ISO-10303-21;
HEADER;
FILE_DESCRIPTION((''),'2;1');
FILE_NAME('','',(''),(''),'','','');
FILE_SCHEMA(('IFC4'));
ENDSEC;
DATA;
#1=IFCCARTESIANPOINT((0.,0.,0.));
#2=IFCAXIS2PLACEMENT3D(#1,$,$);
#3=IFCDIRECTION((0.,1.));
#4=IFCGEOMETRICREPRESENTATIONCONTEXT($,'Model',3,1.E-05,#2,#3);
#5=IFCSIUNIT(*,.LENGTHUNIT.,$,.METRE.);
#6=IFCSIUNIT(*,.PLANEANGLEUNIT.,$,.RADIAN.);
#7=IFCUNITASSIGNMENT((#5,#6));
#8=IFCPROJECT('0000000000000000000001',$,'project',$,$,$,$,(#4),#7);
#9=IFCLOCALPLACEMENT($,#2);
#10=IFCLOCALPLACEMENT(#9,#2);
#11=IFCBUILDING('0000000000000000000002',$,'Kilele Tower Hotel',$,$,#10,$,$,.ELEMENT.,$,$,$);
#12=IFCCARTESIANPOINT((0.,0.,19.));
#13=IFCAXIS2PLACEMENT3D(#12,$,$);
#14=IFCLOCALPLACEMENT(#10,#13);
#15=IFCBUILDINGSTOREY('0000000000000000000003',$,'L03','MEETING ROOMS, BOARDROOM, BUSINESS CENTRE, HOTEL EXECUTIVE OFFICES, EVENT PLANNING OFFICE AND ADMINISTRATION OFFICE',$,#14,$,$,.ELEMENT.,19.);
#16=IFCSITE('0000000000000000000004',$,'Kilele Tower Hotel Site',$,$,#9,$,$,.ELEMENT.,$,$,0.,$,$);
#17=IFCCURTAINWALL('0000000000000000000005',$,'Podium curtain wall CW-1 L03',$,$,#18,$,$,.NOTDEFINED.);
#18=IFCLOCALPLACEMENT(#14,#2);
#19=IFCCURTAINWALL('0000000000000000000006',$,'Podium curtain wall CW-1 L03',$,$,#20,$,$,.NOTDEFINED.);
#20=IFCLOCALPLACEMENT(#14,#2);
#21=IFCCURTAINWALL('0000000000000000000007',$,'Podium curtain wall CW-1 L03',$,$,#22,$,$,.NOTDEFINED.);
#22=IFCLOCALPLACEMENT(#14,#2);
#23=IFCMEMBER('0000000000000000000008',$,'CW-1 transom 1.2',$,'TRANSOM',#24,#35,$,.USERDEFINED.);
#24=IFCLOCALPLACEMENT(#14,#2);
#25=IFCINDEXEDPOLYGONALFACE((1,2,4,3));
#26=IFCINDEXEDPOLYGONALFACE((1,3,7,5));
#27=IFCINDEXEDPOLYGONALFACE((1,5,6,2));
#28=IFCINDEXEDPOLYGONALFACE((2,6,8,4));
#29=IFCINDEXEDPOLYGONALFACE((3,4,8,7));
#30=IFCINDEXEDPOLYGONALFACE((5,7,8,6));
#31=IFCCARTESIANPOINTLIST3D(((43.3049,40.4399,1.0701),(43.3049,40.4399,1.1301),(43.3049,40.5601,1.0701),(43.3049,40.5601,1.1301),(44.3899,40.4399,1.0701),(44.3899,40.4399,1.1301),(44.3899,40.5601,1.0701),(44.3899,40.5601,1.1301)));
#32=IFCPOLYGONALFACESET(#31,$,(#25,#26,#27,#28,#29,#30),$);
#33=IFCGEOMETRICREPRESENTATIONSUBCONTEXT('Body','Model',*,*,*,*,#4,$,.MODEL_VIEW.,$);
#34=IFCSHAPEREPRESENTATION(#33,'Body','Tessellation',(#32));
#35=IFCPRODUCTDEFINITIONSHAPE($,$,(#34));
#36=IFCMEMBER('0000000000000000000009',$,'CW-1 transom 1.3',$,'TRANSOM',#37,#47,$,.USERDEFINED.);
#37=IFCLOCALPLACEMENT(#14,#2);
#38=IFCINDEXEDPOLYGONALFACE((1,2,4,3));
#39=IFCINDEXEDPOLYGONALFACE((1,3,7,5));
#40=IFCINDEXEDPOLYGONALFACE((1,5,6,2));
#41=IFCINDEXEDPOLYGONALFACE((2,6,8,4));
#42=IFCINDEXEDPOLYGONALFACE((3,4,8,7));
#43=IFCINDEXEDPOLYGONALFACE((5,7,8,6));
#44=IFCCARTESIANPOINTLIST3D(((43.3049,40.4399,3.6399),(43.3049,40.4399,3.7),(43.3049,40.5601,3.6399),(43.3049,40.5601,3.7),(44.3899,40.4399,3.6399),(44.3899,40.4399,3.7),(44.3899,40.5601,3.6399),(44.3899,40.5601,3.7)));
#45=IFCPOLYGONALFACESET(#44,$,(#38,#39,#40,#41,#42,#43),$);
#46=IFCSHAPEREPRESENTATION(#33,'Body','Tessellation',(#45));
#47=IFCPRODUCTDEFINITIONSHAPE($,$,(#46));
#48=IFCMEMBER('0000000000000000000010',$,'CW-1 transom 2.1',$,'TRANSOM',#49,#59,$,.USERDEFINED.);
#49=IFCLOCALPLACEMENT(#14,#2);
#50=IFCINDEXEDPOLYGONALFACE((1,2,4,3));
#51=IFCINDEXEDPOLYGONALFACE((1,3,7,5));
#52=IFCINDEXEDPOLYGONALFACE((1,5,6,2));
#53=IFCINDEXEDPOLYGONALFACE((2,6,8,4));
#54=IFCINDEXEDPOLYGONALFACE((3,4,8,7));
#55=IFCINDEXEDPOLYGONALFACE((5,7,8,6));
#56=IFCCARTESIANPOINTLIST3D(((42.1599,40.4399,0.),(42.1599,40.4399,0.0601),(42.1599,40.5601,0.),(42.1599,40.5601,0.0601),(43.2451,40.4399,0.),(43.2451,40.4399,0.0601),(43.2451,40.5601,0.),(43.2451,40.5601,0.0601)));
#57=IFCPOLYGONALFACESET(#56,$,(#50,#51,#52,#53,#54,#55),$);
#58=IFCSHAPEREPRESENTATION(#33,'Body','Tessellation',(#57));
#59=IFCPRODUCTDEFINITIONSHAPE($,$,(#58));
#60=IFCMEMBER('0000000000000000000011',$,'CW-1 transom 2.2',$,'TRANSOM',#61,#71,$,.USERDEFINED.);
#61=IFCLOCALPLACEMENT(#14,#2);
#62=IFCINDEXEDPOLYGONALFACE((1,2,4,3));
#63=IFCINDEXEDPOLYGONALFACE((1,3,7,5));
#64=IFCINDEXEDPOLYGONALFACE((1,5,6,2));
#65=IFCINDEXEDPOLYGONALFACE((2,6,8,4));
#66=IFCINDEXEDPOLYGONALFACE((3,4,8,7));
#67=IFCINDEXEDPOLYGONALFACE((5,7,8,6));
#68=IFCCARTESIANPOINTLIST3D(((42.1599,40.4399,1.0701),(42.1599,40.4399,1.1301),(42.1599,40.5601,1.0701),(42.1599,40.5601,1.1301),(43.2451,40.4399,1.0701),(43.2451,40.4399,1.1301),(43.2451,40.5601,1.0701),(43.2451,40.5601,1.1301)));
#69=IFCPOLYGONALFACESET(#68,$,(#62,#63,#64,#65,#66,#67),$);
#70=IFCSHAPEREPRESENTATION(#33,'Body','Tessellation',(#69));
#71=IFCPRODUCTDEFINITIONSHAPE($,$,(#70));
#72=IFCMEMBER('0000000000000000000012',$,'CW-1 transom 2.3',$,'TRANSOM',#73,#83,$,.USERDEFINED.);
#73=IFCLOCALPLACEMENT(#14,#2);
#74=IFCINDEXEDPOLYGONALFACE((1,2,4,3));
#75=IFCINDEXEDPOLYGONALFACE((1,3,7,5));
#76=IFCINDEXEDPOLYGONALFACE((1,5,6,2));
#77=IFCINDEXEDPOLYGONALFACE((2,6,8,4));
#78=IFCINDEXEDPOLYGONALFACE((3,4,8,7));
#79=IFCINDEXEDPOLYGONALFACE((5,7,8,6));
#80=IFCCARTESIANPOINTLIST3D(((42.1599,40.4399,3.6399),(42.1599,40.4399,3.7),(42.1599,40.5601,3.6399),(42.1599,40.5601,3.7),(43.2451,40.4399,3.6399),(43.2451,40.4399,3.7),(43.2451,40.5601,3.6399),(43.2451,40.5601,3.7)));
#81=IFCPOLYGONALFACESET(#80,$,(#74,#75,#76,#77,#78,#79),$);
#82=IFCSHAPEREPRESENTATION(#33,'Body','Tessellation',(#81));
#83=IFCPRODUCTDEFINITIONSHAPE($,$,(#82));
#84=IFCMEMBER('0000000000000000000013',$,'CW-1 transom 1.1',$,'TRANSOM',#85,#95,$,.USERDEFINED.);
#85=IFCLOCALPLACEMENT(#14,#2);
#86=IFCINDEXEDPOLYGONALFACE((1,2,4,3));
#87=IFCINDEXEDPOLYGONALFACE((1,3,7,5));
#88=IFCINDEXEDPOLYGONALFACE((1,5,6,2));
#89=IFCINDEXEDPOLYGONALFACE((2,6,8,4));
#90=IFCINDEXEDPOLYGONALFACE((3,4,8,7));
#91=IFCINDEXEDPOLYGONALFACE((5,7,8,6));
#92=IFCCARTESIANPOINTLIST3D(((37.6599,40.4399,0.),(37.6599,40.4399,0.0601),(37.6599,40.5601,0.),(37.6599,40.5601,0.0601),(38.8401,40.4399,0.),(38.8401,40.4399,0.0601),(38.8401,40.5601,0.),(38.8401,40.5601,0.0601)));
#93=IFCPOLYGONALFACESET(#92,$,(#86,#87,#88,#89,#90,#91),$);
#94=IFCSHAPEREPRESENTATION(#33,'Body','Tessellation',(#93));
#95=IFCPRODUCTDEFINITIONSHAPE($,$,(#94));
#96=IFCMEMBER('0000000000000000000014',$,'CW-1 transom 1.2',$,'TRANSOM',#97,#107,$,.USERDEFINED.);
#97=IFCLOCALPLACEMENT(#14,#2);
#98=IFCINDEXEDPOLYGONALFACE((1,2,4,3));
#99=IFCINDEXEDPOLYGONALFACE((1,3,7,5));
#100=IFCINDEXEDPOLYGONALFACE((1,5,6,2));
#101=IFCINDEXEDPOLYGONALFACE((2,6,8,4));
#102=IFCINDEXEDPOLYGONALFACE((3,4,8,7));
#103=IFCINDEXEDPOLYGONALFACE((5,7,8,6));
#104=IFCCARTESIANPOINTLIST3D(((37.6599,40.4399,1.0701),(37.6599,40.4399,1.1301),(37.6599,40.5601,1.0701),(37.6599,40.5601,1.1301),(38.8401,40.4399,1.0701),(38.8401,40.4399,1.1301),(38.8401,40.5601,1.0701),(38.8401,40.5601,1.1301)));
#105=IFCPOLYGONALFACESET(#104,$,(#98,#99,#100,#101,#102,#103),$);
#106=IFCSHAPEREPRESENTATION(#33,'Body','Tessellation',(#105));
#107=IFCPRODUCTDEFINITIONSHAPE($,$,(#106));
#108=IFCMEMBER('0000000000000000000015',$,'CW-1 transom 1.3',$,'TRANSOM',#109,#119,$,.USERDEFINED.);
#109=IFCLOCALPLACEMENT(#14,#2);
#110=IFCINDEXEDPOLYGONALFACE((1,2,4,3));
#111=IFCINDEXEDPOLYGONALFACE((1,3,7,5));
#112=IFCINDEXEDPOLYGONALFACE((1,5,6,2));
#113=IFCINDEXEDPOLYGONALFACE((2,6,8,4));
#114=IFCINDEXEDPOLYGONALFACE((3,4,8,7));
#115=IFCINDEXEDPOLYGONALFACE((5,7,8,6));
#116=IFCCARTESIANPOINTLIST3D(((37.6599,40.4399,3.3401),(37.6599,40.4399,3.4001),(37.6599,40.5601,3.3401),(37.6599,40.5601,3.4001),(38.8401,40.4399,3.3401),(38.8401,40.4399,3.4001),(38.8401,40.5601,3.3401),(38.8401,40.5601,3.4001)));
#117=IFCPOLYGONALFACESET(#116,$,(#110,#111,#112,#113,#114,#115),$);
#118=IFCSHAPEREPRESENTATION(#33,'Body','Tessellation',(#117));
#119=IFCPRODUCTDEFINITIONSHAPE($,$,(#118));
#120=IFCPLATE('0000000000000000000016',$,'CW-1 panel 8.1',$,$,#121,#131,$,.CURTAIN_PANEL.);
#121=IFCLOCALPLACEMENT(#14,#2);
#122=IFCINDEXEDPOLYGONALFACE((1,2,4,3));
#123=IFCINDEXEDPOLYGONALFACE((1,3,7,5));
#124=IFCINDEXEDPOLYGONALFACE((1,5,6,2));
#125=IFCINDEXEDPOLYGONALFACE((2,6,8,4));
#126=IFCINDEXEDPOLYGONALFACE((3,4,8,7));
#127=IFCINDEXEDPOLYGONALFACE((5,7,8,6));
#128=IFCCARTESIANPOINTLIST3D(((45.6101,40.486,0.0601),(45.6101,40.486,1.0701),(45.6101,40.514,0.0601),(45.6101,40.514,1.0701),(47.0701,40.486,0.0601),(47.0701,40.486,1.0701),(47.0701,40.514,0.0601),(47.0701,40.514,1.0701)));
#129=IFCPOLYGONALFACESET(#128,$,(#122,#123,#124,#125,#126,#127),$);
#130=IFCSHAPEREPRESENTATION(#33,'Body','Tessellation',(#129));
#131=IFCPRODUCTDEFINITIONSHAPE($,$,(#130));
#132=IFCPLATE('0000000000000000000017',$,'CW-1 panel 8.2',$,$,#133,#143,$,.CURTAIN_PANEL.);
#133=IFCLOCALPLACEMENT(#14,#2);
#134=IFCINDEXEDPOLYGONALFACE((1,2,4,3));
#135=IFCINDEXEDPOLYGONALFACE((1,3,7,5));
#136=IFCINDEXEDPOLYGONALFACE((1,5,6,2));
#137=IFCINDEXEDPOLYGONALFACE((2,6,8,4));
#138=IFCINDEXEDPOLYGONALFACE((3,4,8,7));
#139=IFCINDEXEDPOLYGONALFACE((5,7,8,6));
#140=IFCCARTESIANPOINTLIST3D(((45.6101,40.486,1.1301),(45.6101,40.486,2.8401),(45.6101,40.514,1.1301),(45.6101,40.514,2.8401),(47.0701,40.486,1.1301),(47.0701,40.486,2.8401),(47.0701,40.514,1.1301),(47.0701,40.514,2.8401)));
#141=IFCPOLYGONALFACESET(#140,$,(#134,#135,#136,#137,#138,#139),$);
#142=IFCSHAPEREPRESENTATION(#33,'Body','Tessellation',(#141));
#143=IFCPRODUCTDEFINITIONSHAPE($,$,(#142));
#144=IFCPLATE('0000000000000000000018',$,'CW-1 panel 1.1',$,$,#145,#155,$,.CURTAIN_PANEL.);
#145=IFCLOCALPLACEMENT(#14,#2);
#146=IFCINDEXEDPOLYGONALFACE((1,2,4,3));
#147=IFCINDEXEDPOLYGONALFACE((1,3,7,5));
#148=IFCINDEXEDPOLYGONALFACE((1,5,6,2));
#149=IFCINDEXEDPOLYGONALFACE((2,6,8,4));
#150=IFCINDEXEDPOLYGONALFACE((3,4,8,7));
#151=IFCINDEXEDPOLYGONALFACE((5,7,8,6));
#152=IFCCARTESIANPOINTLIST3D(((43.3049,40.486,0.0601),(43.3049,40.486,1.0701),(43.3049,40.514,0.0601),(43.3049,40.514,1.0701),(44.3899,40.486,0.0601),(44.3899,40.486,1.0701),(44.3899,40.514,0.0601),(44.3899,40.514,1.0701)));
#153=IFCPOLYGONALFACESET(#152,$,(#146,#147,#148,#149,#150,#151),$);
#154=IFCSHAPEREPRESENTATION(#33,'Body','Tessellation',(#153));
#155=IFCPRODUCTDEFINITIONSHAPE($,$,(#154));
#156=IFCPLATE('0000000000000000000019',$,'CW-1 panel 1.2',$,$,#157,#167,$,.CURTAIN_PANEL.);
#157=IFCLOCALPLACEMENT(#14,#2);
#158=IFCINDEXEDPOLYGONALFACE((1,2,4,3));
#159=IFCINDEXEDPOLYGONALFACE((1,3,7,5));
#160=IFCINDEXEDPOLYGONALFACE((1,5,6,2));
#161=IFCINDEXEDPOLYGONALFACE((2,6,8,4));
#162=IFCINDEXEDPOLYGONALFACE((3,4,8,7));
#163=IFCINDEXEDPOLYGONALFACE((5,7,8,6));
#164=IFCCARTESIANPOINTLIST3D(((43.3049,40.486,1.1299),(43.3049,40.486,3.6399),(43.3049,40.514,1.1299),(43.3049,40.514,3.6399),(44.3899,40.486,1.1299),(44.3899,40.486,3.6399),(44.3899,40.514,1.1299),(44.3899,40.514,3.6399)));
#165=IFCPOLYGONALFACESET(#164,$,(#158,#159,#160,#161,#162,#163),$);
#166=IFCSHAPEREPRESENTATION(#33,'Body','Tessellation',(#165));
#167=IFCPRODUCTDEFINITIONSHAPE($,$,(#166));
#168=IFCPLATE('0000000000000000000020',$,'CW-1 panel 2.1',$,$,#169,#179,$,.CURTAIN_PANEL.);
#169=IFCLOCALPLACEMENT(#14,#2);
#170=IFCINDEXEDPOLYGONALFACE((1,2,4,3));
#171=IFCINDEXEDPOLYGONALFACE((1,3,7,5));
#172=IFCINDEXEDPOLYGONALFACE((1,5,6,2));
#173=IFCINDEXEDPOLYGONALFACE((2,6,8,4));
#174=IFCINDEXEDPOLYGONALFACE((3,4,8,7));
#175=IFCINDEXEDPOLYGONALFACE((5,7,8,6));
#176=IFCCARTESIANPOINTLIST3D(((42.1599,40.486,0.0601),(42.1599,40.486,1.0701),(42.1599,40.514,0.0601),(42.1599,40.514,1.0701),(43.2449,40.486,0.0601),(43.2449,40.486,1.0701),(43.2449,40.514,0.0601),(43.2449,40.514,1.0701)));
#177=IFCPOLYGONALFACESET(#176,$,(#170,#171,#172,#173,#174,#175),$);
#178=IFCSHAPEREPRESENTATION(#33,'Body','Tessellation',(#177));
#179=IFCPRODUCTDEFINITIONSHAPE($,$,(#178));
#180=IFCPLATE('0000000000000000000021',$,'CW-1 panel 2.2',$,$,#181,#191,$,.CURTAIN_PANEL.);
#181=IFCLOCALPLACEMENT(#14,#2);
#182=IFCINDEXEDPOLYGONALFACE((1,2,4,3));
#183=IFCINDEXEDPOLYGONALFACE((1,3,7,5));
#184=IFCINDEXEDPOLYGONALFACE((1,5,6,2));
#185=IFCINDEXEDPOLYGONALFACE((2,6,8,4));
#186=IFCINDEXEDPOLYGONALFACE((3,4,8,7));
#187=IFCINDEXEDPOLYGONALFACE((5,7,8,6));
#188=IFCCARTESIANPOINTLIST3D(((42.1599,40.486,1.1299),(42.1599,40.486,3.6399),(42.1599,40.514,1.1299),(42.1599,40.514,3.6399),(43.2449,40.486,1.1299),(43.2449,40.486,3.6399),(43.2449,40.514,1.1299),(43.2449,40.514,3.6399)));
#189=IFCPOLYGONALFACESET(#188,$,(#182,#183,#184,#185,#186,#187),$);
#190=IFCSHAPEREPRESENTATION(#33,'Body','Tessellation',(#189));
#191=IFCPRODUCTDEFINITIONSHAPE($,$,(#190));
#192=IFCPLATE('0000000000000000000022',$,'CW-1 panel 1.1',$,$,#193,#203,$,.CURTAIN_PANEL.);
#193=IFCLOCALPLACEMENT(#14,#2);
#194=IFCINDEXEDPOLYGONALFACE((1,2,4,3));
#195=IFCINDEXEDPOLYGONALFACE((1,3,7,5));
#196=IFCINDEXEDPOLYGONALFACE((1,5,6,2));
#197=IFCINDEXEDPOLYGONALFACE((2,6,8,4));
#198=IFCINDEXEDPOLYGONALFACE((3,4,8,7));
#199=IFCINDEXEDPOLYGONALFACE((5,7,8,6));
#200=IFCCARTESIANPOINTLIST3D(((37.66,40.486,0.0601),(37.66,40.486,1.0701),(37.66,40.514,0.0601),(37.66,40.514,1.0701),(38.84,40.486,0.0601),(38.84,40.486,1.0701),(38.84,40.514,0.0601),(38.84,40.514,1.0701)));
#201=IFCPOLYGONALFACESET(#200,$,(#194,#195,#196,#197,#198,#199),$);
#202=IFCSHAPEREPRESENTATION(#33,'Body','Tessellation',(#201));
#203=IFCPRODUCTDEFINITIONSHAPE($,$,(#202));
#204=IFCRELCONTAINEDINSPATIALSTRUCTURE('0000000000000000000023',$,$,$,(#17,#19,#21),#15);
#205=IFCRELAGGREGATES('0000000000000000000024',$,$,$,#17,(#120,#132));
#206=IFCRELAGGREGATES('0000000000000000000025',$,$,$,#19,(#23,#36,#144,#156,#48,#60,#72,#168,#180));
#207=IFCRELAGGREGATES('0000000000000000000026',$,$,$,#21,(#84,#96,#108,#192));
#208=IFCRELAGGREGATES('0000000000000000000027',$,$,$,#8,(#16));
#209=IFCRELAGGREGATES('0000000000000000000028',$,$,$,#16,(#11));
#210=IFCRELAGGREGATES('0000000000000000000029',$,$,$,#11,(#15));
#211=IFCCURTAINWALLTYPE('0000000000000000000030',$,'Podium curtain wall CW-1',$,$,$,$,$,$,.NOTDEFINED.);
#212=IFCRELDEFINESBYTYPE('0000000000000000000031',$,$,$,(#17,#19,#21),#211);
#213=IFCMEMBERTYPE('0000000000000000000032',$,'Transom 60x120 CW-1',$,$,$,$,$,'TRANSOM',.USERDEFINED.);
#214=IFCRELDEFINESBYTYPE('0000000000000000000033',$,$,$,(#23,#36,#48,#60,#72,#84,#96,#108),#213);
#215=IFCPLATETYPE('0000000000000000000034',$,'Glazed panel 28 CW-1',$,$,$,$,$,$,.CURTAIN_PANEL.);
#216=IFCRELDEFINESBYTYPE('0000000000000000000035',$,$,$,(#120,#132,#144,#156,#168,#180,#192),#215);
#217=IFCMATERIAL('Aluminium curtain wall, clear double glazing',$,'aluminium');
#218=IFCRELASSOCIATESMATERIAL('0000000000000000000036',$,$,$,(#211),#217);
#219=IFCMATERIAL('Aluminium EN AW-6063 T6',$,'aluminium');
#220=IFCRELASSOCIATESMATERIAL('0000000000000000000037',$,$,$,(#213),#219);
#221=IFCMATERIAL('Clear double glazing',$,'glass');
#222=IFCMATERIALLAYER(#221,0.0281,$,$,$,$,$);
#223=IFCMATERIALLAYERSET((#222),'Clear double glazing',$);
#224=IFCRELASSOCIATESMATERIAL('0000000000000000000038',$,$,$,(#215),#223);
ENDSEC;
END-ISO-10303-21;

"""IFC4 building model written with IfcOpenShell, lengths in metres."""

from ifc_helpers import new_model, si_unit, direction, frame, origin, origin_2d, place, context, subcontext, project, spatial, rectangle, extrude, material, layer, layer_set, material_profile, profile_set, type_object, element, aggregate, save


model = new_model("IFC4")

# Units and contexts
model_context = context("Model", 3, precision=1e-05, world=origin(), true_north=direction((0.0, 1.0)))
body_context = subcontext(model_context, "Body", "Model", "MODEL_VIEW")
ifc_project = project(units=[si_unit("LENGTHUNIT", "METRE"), si_unit("PLANEANGLEUNIT", "RADIAN")], contexts=[model_context])

# Site, building, storey
site_placement = place(None, origin())
site = spatial("IfcSite", under=ifc_project, at=site_placement, Name="Kilele Tower Hotel Site", CompositionType="ELEMENT", RefElevation=0.0)
building_placement = place(site_placement, origin())
building = spatial("IfcBuilding", under=site, at=building_placement, Name="Kilele Tower Hotel", CompositionType="ELEMENT")
storey_placement = place(building_placement, frame((0.0, 0.0, 19.0)))
storey = spatial("IfcBuildingStorey", under=building, at=storey_placement, Name="L03", Description="MEETING ROOMS, BOARDROOM, BUSINESS CENTRE, HOTEL EXECUTIVE OFFICES, EVENT PLANNING OFFICE AND ADMINISTRATION OFFICE", CompositionType="ELEMENT", Elevation=19.0)

# Curtain wall
ifc_material_1 = material(Name="Aluminium curtain wall, clear double glazing", Category="aluminium")
curtain_wall_type = type_object("IfcCurtainWallType", Name="Podium curtain wall CW-1", PredefinedType="NOTDEFINED", material=ifc_material_1)
curtain_wall_1_placement = place(storey_placement, origin())
curtain_wall_1 = element("IfcCurtainWall", 1, at=curtain_wall_1_placement, inside=storey, type_object=curtain_wall_type, Name="Podium curtain wall CW-1 L03", PredefinedType="NOTDEFINED")

# Curtain walls
curtain_wall_2_placement = place(storey_placement, origin())
curtain_wall_2 = element("IfcCurtainWall", 2, at=curtain_wall_2_placement, inside=storey, type_object=curtain_wall_type, Name="Podium curtain wall CW-1 L03", PredefinedType="NOTDEFINED")
curtain_wall_3_placement = place(storey_placement, origin())
curtain_wall_3 = element("IfcCurtainWall", 3, at=curtain_wall_3_placement, inside=storey, type_object=curtain_wall_type, Name="Podium curtain wall CW-1 L03", PredefinedType="NOTDEFINED")

# Members
ifc_material_2 = material(Name="Aluminium EN AW-6063 T6", Category="aluminium")
ifc_material_profile_1 = material_profile(ifc_material_2, rectangle(XDim=0.1201, YDim=0.0601, at=origin_2d()))
ifc_profile_set_1 = profile_set([ifc_material_profile_1], Name="Aluminium EN AW-6063 T6")
member_type_1 = type_object("IfcMemberType", Name="Transom 60x120 CW-1", ElementType="TRANSOM", PredefinedType="USERDEFINED", material=ifc_profile_set_1)
member_1_placement = place(storey_placement, frame((44.3899, 40.5, 1.1001), z_axis=(-1.0, 0.0, 0.0), x_axis=(0.0, -1.0, 0.0)))
member_1 = element("IfcMember", 4, at=member_1_placement, type_object=member_type_1, Name="CW-1 transom 1.2", ObjectType="TRANSOM", PredefinedType="USERDEFINED", context=body_context, shape_type="SweptSolid", body=[
    extrude(rectangle(XDim=0.1201, YDim=0.0601, at=origin_2d()), origin(), (0.0, 0.0, 1.0), 1.085),
])
member_2_placement = place(storey_placement, frame((44.3899, 40.5, 3.6699), z_axis=(-1.0, 0.0, 0.0), x_axis=(0.0, -1.0, 0.0)))
member_2 = element("IfcMember", 5, at=member_2_placement, type_object=member_type_1, Name="CW-1 transom 1.3", ObjectType="TRANSOM", PredefinedType="USERDEFINED", context=body_context, shape_type="SweptSolid", body=[
    extrude(rectangle(XDim=0.1201, YDim=0.0601, at=origin_2d()), origin(), (0.0, 0.0, 1.0), 1.085),
])
member_3_placement = place(storey_placement, frame((43.2451, 40.5, 0.03), z_axis=(-1.0, 0.0, 0.0), x_axis=(0.0, -1.0, 0.0)))
member_3 = element("IfcMember", 6, at=member_3_placement, type_object=member_type_1, Name="CW-1 transom 2.1", ObjectType="TRANSOM", PredefinedType="USERDEFINED", context=body_context, shape_type="SweptSolid", body=[
    extrude(rectangle(XDim=0.1201, YDim=0.0601, at=origin_2d()), origin(), (0.0, 0.0, 1.0), 1.0852),
])
member_4_placement = place(storey_placement, frame((43.2451, 40.5, 1.1001), z_axis=(-1.0, 0.0, 0.0), x_axis=(0.0, -1.0, 0.0)))
member_4 = element("IfcMember", 7, at=member_4_placement, type_object=member_type_1, Name="CW-1 transom 2.2", ObjectType="TRANSOM", PredefinedType="USERDEFINED", context=body_context, shape_type="SweptSolid", body=[
    extrude(rectangle(XDim=0.1201, YDim=0.0601, at=origin_2d()), origin(), (0.0, 0.0, 1.0), 1.0852),
])
member_5_placement = place(storey_placement, frame((43.2451, 40.5, 3.6699), z_axis=(-1.0, 0.0, 0.0), x_axis=(0.0, -1.0, 0.0)))
member_5 = element("IfcMember", 8, at=member_5_placement, type_object=member_type_1, Name="CW-1 transom 2.3", ObjectType="TRANSOM", PredefinedType="USERDEFINED", context=body_context, shape_type="SweptSolid", body=[
    extrude(rectangle(XDim=0.1201, YDim=0.0601, at=origin_2d()), origin(), (0.0, 0.0, 1.0), 1.0852),
])
member_6_placement = place(storey_placement, frame((38.8401, 40.5, 0.03), z_axis=(-1.0, 0.0, 0.0), x_axis=(0.0, -1.0, 0.0)))
member_6 = element("IfcMember", 9, at=member_6_placement, type_object=member_type_1, Name="CW-1 transom 1.1", ObjectType="TRANSOM", PredefinedType="USERDEFINED", context=body_context, shape_type="SweptSolid", body=[
    extrude(rectangle(XDim=0.1201, YDim=0.0601, at=origin_2d()), origin(), (0.0, 0.0, 1.0), 1.1802),
])
member_7_placement = place(storey_placement, frame((38.8401, 40.5, 1.1001), z_axis=(-1.0, 0.0, 0.0), x_axis=(0.0, -1.0, 0.0)))
member_7 = element("IfcMember", 10, at=member_7_placement, type_object=member_type_1, Name="CW-1 transom 1.2", ObjectType="TRANSOM", PredefinedType="USERDEFINED", context=body_context, shape_type="SweptSolid", body=[
    extrude(rectangle(XDim=0.1201, YDim=0.0601, at=origin_2d()), origin(), (0.0, 0.0, 1.0), 1.1802),
])
member_8_placement = place(storey_placement, frame((38.8401, 40.5, 3.3701), z_axis=(-1.0, 0.0, 0.0), x_axis=(0.0, -1.0, 0.0)))
member_8 = element("IfcMember", 11, at=member_8_placement, type_object=member_type_1, Name="CW-1 transom 1.3", ObjectType="TRANSOM", PredefinedType="USERDEFINED", context=body_context, shape_type="SweptSolid", body=[
    extrude(rectangle(XDim=0.1201, YDim=0.0601, at=origin_2d()), origin(), (0.0, 0.0, 1.0), 1.1802),
])

# Plates
ifc_material_3 = material(Name="Clear double glazing", Category="glass")
ifc_layer = layer(ifc_material_3, 0.0281)
ifc_layer_set = layer_set([ifc_layer], Name="Clear double glazing")
plate_type = type_object("IfcPlateType", Name="Glazed panel 28 CW-1", PredefinedType="CURTAIN_PANEL", material=ifc_layer_set)
plate_1_placement = place(storey_placement, frame((46.3401, 40.5, 0.0601), z_axis=(0.0, 0.0, 1.0), x_axis=(-1.0, 0.0, 0.0)))
plate_1 = element("IfcPlate", 12, at=plate_1_placement, type_object=plate_type, Name="CW-1 panel 8.1", PredefinedType="CURTAIN_PANEL", context=body_context, shape_type="SweptSolid", body=[
    extrude(rectangle(XDim=1.46, YDim=0.0281, at=origin_2d()), origin(), (0.0, 0.0, 1.0), 1.01),
])
plate_2_placement = place(storey_placement, frame((46.3401, 40.5, 1.1301), z_axis=(0.0, 0.0, 1.0), x_axis=(-1.0, 0.0, 0.0)))
plate_2 = element("IfcPlate", 13, at=plate_2_placement, type_object=plate_type, Name="CW-1 panel 8.2", PredefinedType="CURTAIN_PANEL", context=body_context, shape_type="SweptSolid", body=[
    extrude(rectangle(XDim=1.46, YDim=0.0281, at=origin_2d()), origin(), (0.0, 0.0, 1.0), 1.71),
])
aggregate(curtain_wall_1, [plate_1, plate_2])
plate_3_placement = place(storey_placement, frame((43.8474, 40.5, 0.0601), z_axis=(0.0, 0.0, 1.0), x_axis=(-1.0, 0.0, 0.0)))
plate_3 = element("IfcPlate", 14, at=plate_3_placement, type_object=plate_type, Name="CW-1 panel 1.1", PredefinedType="CURTAIN_PANEL", context=body_context, shape_type="SweptSolid", body=[
    extrude(rectangle(XDim=1.085, YDim=0.0281, at=origin_2d()), origin(), (0.0, 0.0, 1.0), 1.01),
])
plate_4_placement = place(storey_placement, frame((43.8474, 40.5, 1.1299), z_axis=(0.0, 0.0, 1.0), x_axis=(-1.0, 0.0, 0.0)))
plate_4 = element("IfcPlate", 15, at=plate_4_placement, type_object=plate_type, Name="CW-1 panel 1.2", PredefinedType="CURTAIN_PANEL", context=body_context, shape_type="SweptSolid", body=[
    extrude(rectangle(XDim=1.085, YDim=0.0281, at=origin_2d()), origin(), (0.0, 0.0, 1.0), 2.51),
])
plate_5_placement = place(storey_placement, frame((42.7024, 40.5, 0.0601), z_axis=(0.0, 0.0, 1.0), x_axis=(-1.0, 0.0, 0.0)))
plate_5 = element("IfcPlate", 16, at=plate_5_placement, type_object=plate_type, Name="CW-1 panel 2.1", PredefinedType="CURTAIN_PANEL", context=body_context, shape_type="SweptSolid", body=[
    extrude(rectangle(XDim=1.085, YDim=0.0281, at=origin_2d()), origin(), (0.0, 0.0, 1.0), 1.01),
])
plate_6_placement = place(storey_placement, frame((42.7024, 40.5, 1.1299), z_axis=(0.0, 0.0, 1.0), x_axis=(-1.0, 0.0, 0.0)))
plate_6 = element("IfcPlate", 17, at=plate_6_placement, type_object=plate_type, Name="CW-1 panel 2.2", PredefinedType="CURTAIN_PANEL", context=body_context, shape_type="SweptSolid", body=[
    extrude(rectangle(XDim=1.085, YDim=0.0281, at=origin_2d()), origin(), (0.0, 0.0, 1.0), 2.51),
])
aggregate(curtain_wall_2, [member_1, member_2, plate_3, plate_4, member_3, member_4, member_5, plate_5, plate_6])
plate_7_placement = place(storey_placement, frame((38.25, 40.5, 0.0601), z_axis=(0.0, 0.0, 1.0), x_axis=(-1.0, 0.0, 0.0)))
plate_7 = element("IfcPlate", 18, at=plate_7_placement, type_object=plate_type, Name="CW-1 panel 1.1", PredefinedType="CURTAIN_PANEL", context=body_context, shape_type="SweptSolid", body=[
    extrude(rectangle(XDim=1.1799, YDim=0.0281, at=origin_2d()), origin(), (0.0, 0.0, 1.0), 1.01),
])
aggregate(curtain_wall_3, [member_6, member_7, member_8, plate_7])

save(model, "model.ifc")
